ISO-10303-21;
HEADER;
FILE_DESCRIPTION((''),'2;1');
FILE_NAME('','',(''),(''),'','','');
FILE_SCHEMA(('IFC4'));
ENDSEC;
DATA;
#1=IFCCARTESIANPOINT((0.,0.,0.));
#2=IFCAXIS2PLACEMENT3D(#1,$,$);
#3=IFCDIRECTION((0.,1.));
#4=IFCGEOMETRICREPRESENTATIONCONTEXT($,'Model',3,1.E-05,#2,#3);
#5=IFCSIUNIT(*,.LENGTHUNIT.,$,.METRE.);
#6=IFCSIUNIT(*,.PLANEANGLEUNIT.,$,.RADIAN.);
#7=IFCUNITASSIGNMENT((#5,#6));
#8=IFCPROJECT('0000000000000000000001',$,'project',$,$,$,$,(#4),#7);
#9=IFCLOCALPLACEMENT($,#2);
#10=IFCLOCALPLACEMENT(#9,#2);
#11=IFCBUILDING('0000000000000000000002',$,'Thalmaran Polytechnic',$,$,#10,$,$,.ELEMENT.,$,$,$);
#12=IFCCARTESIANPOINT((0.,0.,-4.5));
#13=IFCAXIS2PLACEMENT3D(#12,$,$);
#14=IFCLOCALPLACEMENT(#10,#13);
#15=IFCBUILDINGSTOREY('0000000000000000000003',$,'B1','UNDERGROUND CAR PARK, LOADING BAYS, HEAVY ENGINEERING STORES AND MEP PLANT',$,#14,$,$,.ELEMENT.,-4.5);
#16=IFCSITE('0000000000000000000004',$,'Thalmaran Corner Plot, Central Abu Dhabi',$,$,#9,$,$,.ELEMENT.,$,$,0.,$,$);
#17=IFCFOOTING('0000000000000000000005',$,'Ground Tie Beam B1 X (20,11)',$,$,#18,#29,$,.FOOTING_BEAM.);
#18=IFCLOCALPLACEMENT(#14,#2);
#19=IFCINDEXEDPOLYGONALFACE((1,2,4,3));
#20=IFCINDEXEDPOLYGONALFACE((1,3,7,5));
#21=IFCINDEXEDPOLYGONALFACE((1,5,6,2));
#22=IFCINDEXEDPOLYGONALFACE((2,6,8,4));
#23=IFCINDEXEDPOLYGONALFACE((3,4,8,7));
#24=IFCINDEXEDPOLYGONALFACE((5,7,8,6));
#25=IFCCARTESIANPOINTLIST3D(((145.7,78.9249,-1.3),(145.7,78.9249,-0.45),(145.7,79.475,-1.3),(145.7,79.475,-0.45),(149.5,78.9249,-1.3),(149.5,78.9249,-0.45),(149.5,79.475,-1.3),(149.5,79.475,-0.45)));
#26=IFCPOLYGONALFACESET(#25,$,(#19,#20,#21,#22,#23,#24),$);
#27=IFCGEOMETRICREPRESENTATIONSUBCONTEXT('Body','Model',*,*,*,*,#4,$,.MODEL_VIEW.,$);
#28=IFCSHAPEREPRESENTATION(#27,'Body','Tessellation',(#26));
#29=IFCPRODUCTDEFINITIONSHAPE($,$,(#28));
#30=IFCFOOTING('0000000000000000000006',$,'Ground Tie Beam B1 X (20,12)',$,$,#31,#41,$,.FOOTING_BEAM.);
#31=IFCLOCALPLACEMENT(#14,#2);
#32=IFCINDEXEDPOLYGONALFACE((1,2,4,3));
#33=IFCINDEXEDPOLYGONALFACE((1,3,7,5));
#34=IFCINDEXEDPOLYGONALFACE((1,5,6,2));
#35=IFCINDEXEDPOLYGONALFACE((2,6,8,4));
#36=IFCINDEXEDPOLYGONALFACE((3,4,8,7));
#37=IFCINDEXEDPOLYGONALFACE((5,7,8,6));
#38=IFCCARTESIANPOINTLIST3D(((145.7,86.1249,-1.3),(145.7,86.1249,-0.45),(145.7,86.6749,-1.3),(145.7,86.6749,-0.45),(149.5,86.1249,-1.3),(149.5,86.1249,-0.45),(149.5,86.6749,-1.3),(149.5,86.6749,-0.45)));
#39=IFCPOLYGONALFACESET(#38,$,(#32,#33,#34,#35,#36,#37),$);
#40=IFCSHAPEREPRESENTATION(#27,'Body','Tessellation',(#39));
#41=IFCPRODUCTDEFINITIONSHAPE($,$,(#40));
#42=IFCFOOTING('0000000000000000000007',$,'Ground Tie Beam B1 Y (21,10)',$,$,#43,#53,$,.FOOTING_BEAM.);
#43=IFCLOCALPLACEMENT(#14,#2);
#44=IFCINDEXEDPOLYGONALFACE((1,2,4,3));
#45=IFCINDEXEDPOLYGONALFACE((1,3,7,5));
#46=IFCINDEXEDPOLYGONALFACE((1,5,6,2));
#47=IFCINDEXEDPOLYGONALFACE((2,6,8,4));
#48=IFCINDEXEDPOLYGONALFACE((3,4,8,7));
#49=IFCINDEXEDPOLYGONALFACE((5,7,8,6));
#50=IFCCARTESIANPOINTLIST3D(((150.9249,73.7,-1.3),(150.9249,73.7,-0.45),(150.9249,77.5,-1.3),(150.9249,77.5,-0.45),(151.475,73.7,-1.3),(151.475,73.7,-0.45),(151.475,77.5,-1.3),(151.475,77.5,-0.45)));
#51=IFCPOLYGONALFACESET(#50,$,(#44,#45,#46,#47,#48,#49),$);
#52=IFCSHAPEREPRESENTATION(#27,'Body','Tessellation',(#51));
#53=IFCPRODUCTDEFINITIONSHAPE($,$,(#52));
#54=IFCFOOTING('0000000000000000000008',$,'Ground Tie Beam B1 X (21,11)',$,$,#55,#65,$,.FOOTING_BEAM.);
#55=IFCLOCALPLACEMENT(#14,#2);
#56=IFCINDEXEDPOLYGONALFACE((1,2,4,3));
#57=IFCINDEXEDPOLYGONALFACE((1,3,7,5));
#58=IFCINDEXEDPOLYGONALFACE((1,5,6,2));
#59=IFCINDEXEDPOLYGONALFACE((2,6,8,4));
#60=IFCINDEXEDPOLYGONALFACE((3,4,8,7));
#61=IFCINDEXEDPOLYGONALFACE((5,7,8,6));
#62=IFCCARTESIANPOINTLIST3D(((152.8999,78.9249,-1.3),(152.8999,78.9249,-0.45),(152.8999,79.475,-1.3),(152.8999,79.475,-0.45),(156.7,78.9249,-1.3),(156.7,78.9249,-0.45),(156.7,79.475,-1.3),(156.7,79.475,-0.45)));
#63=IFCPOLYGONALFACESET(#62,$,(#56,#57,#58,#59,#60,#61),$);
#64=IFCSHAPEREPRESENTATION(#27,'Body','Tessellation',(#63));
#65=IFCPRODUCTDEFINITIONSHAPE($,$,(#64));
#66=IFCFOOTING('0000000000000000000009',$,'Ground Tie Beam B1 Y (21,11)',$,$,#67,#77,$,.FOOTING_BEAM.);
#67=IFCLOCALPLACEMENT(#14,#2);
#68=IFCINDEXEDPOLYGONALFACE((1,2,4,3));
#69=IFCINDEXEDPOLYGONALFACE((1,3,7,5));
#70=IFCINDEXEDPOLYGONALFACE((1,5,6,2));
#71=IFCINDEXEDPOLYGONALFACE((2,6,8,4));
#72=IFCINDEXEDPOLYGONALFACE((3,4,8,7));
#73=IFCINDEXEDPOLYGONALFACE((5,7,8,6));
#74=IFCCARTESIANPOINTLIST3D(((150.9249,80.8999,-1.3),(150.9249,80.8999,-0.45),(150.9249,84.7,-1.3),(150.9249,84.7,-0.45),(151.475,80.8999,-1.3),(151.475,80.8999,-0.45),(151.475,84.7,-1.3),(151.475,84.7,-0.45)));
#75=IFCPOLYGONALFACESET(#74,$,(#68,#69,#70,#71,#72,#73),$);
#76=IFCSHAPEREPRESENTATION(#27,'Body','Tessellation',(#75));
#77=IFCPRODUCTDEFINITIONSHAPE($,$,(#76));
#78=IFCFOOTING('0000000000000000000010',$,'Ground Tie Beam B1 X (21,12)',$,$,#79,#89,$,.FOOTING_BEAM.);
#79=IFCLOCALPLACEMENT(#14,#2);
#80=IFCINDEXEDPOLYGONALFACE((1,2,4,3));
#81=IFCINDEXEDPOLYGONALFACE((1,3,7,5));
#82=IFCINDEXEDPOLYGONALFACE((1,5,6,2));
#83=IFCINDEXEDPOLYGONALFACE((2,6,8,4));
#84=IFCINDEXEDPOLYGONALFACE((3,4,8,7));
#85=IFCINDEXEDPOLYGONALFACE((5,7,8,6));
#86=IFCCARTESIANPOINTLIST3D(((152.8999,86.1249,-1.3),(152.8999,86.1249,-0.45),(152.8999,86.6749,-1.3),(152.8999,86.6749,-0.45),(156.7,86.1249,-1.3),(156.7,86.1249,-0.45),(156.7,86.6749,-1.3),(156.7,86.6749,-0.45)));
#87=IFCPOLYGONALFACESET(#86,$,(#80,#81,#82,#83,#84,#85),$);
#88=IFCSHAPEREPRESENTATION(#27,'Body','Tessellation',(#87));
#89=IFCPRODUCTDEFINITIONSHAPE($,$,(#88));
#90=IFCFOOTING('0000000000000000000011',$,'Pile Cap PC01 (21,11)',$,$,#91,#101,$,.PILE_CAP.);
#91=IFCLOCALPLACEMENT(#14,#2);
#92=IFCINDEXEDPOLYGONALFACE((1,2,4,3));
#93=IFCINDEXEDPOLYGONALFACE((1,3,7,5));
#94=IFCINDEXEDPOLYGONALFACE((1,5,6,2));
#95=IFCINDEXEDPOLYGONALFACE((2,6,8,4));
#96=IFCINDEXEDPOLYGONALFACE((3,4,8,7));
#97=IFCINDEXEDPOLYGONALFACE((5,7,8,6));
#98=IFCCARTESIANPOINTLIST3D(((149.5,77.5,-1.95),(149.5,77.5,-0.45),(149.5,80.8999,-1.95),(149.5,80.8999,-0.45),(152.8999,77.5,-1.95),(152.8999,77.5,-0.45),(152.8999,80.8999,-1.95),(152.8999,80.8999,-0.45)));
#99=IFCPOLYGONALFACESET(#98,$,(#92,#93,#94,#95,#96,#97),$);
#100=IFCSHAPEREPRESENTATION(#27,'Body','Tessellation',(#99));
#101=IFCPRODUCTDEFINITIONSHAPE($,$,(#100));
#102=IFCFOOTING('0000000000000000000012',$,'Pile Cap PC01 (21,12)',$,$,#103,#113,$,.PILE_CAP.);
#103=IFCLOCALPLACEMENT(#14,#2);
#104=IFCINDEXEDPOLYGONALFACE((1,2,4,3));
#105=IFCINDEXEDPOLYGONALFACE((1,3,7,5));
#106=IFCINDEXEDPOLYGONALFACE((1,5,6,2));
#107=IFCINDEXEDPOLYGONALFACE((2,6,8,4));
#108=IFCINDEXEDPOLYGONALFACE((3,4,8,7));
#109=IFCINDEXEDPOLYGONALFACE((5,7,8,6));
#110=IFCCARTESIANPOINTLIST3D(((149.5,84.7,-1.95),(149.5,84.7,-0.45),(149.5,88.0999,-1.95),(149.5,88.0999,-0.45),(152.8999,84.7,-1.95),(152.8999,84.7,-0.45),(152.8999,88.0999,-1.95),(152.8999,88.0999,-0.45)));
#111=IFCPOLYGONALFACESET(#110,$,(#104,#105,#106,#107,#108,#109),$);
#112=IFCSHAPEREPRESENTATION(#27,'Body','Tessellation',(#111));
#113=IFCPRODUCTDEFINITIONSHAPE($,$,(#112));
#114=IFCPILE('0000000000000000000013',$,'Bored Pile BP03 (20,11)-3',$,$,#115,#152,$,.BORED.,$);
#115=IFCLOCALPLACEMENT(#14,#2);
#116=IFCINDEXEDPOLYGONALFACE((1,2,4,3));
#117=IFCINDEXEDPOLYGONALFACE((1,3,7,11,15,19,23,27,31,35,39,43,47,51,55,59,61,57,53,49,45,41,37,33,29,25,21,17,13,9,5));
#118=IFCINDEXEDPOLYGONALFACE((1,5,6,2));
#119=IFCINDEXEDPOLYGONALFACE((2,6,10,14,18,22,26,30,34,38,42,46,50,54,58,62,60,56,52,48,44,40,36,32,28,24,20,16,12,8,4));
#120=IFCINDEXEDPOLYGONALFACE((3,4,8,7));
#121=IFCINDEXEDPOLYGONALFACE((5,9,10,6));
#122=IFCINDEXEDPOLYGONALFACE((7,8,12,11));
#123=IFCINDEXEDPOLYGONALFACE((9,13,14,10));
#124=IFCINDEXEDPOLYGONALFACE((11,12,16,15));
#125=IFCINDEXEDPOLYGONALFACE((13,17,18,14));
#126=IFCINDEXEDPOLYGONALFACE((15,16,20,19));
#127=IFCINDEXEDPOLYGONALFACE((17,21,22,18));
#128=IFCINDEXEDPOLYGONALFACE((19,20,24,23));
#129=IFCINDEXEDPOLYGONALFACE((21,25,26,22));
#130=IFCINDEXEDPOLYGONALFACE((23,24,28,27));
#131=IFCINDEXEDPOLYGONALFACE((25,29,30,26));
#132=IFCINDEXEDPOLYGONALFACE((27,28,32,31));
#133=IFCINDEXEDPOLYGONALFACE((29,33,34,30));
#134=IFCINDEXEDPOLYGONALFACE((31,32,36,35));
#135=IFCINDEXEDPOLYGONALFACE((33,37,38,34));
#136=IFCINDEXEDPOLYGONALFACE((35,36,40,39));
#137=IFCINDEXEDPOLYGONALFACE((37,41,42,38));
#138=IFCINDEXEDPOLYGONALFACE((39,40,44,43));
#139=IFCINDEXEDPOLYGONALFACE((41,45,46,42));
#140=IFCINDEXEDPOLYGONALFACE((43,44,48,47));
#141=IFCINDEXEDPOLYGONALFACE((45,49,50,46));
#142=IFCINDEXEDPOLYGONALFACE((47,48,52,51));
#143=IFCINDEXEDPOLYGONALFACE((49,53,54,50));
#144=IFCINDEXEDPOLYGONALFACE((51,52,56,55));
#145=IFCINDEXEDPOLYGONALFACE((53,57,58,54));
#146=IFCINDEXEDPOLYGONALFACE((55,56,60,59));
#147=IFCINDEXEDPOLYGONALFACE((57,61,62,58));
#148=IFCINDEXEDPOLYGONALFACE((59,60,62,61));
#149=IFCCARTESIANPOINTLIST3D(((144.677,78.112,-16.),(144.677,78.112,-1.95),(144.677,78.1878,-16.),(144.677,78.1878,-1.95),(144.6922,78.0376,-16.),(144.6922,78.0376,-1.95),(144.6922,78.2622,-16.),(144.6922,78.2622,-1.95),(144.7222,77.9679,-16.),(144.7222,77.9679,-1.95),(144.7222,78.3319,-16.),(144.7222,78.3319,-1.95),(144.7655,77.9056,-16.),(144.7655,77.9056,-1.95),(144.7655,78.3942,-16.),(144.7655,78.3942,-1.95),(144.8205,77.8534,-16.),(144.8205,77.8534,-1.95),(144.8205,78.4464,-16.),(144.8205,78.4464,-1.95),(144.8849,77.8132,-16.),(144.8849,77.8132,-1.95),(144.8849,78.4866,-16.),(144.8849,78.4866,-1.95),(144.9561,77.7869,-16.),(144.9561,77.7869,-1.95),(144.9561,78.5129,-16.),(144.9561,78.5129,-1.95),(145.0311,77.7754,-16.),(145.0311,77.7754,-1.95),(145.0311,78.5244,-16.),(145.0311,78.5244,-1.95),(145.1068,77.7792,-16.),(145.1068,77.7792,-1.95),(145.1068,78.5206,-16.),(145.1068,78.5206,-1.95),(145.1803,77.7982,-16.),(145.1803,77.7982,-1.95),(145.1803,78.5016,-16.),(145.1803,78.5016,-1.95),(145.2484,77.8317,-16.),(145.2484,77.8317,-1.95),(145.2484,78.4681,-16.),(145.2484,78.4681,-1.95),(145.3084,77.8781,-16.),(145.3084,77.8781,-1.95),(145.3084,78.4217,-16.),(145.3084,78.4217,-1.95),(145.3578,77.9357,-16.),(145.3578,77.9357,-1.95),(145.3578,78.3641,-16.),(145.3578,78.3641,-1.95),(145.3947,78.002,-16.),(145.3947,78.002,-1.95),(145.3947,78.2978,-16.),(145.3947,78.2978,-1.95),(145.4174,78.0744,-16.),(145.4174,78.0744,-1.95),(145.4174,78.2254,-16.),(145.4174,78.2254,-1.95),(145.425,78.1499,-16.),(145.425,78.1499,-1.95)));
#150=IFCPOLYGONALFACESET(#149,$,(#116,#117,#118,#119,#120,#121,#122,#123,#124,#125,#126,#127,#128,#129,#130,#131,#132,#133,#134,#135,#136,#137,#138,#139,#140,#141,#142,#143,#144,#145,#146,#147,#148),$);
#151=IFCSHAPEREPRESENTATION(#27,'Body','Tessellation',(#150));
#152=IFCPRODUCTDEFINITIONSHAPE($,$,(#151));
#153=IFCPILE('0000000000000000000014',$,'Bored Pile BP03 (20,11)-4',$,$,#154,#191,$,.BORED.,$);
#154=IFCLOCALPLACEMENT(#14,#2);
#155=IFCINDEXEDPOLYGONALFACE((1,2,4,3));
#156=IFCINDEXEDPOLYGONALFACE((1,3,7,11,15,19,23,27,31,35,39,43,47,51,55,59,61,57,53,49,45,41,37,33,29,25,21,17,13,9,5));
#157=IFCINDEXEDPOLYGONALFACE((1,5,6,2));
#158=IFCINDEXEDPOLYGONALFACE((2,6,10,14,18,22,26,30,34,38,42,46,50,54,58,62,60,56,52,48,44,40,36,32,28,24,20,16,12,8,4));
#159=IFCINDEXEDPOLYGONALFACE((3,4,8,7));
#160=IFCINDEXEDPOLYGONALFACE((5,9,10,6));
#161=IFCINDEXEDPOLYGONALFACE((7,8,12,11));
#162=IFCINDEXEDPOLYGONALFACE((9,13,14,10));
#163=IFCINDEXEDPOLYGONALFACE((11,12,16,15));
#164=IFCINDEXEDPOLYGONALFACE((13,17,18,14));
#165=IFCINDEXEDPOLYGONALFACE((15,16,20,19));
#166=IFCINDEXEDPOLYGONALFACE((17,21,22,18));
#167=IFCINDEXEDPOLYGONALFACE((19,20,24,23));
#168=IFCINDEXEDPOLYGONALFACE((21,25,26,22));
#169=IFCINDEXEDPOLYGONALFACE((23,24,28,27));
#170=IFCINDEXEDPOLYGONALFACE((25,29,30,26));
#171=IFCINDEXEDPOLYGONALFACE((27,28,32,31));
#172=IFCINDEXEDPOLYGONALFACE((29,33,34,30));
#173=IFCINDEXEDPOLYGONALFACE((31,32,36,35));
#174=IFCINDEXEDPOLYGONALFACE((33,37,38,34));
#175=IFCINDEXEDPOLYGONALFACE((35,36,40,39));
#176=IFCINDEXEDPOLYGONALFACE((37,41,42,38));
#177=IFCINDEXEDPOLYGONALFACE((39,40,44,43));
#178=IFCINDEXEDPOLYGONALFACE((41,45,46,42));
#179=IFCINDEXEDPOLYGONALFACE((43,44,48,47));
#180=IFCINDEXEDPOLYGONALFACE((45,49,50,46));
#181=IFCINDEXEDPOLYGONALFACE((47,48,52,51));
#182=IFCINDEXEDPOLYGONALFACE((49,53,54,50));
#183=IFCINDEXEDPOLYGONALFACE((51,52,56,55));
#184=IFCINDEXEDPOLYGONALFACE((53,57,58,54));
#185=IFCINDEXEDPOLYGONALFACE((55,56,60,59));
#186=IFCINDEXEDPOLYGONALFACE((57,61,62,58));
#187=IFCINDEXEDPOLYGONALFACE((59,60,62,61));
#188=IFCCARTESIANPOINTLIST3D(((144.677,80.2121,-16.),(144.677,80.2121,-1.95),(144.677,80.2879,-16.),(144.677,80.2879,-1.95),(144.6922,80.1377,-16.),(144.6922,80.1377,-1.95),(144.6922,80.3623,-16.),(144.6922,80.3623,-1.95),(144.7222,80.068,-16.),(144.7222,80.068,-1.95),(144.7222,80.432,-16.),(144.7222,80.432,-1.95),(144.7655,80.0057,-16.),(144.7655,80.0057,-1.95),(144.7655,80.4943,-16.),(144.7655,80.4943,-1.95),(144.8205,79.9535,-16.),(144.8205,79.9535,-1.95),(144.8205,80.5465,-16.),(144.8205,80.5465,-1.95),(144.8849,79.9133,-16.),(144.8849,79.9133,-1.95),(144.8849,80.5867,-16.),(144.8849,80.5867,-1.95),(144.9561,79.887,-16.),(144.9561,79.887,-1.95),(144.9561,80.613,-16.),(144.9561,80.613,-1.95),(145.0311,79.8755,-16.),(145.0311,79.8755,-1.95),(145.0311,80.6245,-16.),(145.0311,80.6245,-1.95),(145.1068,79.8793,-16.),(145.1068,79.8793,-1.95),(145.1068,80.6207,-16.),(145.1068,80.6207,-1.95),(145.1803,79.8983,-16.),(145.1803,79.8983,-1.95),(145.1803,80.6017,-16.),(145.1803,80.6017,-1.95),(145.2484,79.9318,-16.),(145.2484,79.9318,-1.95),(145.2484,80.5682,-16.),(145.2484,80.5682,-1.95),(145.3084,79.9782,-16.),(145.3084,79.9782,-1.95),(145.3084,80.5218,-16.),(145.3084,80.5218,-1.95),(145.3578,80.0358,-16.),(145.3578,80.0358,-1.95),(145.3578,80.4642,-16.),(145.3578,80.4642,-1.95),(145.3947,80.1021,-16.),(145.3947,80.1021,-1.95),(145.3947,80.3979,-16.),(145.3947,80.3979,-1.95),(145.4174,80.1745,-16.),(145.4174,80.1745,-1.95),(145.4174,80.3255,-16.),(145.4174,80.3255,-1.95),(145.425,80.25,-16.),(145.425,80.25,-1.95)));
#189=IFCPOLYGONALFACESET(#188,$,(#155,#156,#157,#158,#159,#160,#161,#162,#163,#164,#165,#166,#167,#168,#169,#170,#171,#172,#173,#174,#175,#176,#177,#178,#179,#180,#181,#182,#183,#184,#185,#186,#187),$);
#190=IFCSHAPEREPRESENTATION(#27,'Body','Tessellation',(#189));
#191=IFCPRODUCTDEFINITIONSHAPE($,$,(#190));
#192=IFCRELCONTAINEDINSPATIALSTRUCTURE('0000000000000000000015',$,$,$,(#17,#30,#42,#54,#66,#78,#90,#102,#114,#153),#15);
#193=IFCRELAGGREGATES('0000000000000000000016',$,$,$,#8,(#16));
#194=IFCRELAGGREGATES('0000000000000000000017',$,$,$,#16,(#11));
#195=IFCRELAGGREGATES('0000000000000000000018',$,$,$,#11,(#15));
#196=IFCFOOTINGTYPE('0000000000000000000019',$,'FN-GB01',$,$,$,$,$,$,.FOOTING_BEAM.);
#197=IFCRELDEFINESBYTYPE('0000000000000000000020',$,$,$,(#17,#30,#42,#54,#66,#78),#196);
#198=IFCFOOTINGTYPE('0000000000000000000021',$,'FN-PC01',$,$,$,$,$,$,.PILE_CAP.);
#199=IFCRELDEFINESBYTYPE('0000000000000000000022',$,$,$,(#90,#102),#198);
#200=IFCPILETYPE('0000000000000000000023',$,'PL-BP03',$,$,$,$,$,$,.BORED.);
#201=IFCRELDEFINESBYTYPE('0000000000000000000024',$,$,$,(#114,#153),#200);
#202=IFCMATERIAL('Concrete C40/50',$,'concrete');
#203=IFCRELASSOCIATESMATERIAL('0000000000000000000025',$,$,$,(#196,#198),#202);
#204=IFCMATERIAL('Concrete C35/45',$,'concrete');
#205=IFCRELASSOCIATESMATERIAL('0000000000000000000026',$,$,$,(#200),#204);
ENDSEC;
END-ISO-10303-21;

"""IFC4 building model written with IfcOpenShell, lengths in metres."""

from ifc_helpers import new_model, si_unit, direction, frame, origin, origin_2d, place, context, subcontext, project, spatial, rectangle, circle, extrude, material, material_profile, profile_set, type_object, element, save


model = new_model("IFC4")

# Units and contexts
model_context = context("Model", 3, precision=1e-05, world=origin(), true_north=direction((0.0, 1.0)))
body_context = subcontext(model_context, "Body", "Model", "MODEL_VIEW")
ifc_project = project(units=[si_unit("LENGTHUNIT", "METRE"), si_unit("PLANEANGLEUNIT", "RADIAN")], contexts=[model_context])

# Site, building, storey
site_placement = place(None, origin())
site = spatial("IfcSite", under=ifc_project, at=site_placement, Name="Thalmaran Corner Plot, Central Abu Dhabi", CompositionType="ELEMENT", RefElevation=0.0)
building_placement = place(site_placement, origin())
building = spatial("IfcBuilding", under=site, at=building_placement, Name="Thalmaran Polytechnic", CompositionType="ELEMENT")
storey_placement = place(building_placement, frame((0.0, 0.0, -4.5)))
storey = spatial("IfcBuildingStorey", under=building, at=storey_placement, Name="B1", Description="UNDERGROUND CAR PARK, LOADING BAYS, HEAVY ENGINEERING STORES AND MEP PLANT", CompositionType="ELEMENT", Elevation=-4.5)

# Footings
ifc_material_1 = material(Name="Concrete C40/50", Category="concrete")
ifc_material_profile_1 = material_profile(ifc_material_1, rectangle(XDim=0.55, YDim=0.8501, at=origin_2d()), Name="RC 550x850")
ifc_profile_set_1 = profile_set([ifc_material_profile_1], Name="Concrete C40/50")
footing_type_1 = type_object("IfcFootingType", Name="FN-GB01", PredefinedType="FOOTING_BEAM", material=ifc_profile_set_1)
for number, where, z_axis, x_axis, name in (
    (1, (145.7, 79.2, -0.875), (1.0, 0.0, 0.0), (0.0, 1.0, 0.0), "Ground Tie Beam B1 X (20,11)"),
    (2, (145.7, 86.3999, -0.875), (1.0, 0.0, 0.0), (0.0, 1.0, 0.0), "Ground Tie Beam B1 X (20,12)"),
    (3, (151.2, 73.7, -0.875), (0.0, 1.0, 0.0), (-1.0, 0.0, 0.0), "Ground Tie Beam B1 Y (21,10)"),
    (4, (152.8999, 79.2, -0.875), (1.0, 0.0, 0.0), (0.0, 1.0, 0.0), "Ground Tie Beam B1 X (21,11)"),
    (5, (151.2, 80.8999, -0.875), (0.0, 1.0, 0.0), (-1.0, 0.0, 0.0), "Ground Tie Beam B1 Y (21,11)"),
    (6, (152.8999, 86.3999, -0.875), (1.0, 0.0, 0.0), (0.0, 1.0, 0.0), "Ground Tie Beam B1 X (21,12)"),
):
    element("IfcFooting", number, at=place(storey_placement, frame(where, z_axis=z_axis, x_axis=x_axis)), inside=storey, type_object=footing_type_1, Name=name, PredefinedType="FOOTING_BEAM", context=body_context, shape_type="SweptSolid", body=[
        extrude(rectangle(XDim=0.55, YDim=0.8501, at=origin_2d()), origin(), (0.0, 0.0, 1.0), 3.8),
    ])
footing_type_2 = type_object("IfcFootingType", Name="FN-PC01", PredefinedType="PILE_CAP", material=ifc_material_1)
for number, where, z_axis, x_axis, name in (
    (7, (151.2, 79.2, -1.95), (0.0, 0.0, 1.0), (1.0, 0.0, 0.0), "Pile Cap PC01 (21,11)"),
    (8, (151.2, 86.3999, -1.95), (0.0, 0.0, 1.0), (1.0, 0.0, 0.0), "Pile Cap PC01 (21,12)"),
):
    element("IfcFooting", number, at=place(storey_placement, frame(where, z_axis=z_axis, x_axis=x_axis)), inside=storey, type_object=footing_type_2, Name=name, PredefinedType="PILE_CAP", context=body_context, shape_type="SweptSolid", body=[
        extrude(rectangle(XDim=3.3999, YDim=3.3999, at=origin_2d()), origin(), (0.0, 0.0, 1.0), 1.5),
    ])

# Piles
ifc_material_2 = material(Name="Concrete C35/45", Category="concrete")
ifc_material_profile_2 = material_profile(ifc_material_2, circle(Radius=0.375, at=origin_2d()), Name="RC 750 DIA")
ifc_profile_set_2 = profile_set([ifc_material_profile_2], Name="Concrete C35/45")
pile_type = type_object("IfcPileType", Name="PL-BP03", PredefinedType="BORED", material=ifc_profile_set_2)
for number, where, z_axis, x_axis, name in (
    (9, (145.05, 78.1499, -1.95), (0.0, 0.0, -1.0), (1.0, 0.0, 0.0), "Bored Pile BP03 (20,11)-3"),
    (10, (145.05, 80.25, -1.95), (0.0, 0.0, -1.0), (1.0, 0.0, 0.0), "Bored Pile BP03 (20,11)-4"),
):
    element("IfcPile", number, at=place(storey_placement, frame(where, z_axis=z_axis, x_axis=x_axis)), inside=storey, type_object=pile_type, Name=name, PredefinedType="BORED", context=body_context, shape_type="SweptSolid", body=[
        extrude(circle(Radius=0.375, at=origin_2d()), origin(), (0.0, 0.0, 1.0), 14.05),
    ])

save(model, "model.ifc")
